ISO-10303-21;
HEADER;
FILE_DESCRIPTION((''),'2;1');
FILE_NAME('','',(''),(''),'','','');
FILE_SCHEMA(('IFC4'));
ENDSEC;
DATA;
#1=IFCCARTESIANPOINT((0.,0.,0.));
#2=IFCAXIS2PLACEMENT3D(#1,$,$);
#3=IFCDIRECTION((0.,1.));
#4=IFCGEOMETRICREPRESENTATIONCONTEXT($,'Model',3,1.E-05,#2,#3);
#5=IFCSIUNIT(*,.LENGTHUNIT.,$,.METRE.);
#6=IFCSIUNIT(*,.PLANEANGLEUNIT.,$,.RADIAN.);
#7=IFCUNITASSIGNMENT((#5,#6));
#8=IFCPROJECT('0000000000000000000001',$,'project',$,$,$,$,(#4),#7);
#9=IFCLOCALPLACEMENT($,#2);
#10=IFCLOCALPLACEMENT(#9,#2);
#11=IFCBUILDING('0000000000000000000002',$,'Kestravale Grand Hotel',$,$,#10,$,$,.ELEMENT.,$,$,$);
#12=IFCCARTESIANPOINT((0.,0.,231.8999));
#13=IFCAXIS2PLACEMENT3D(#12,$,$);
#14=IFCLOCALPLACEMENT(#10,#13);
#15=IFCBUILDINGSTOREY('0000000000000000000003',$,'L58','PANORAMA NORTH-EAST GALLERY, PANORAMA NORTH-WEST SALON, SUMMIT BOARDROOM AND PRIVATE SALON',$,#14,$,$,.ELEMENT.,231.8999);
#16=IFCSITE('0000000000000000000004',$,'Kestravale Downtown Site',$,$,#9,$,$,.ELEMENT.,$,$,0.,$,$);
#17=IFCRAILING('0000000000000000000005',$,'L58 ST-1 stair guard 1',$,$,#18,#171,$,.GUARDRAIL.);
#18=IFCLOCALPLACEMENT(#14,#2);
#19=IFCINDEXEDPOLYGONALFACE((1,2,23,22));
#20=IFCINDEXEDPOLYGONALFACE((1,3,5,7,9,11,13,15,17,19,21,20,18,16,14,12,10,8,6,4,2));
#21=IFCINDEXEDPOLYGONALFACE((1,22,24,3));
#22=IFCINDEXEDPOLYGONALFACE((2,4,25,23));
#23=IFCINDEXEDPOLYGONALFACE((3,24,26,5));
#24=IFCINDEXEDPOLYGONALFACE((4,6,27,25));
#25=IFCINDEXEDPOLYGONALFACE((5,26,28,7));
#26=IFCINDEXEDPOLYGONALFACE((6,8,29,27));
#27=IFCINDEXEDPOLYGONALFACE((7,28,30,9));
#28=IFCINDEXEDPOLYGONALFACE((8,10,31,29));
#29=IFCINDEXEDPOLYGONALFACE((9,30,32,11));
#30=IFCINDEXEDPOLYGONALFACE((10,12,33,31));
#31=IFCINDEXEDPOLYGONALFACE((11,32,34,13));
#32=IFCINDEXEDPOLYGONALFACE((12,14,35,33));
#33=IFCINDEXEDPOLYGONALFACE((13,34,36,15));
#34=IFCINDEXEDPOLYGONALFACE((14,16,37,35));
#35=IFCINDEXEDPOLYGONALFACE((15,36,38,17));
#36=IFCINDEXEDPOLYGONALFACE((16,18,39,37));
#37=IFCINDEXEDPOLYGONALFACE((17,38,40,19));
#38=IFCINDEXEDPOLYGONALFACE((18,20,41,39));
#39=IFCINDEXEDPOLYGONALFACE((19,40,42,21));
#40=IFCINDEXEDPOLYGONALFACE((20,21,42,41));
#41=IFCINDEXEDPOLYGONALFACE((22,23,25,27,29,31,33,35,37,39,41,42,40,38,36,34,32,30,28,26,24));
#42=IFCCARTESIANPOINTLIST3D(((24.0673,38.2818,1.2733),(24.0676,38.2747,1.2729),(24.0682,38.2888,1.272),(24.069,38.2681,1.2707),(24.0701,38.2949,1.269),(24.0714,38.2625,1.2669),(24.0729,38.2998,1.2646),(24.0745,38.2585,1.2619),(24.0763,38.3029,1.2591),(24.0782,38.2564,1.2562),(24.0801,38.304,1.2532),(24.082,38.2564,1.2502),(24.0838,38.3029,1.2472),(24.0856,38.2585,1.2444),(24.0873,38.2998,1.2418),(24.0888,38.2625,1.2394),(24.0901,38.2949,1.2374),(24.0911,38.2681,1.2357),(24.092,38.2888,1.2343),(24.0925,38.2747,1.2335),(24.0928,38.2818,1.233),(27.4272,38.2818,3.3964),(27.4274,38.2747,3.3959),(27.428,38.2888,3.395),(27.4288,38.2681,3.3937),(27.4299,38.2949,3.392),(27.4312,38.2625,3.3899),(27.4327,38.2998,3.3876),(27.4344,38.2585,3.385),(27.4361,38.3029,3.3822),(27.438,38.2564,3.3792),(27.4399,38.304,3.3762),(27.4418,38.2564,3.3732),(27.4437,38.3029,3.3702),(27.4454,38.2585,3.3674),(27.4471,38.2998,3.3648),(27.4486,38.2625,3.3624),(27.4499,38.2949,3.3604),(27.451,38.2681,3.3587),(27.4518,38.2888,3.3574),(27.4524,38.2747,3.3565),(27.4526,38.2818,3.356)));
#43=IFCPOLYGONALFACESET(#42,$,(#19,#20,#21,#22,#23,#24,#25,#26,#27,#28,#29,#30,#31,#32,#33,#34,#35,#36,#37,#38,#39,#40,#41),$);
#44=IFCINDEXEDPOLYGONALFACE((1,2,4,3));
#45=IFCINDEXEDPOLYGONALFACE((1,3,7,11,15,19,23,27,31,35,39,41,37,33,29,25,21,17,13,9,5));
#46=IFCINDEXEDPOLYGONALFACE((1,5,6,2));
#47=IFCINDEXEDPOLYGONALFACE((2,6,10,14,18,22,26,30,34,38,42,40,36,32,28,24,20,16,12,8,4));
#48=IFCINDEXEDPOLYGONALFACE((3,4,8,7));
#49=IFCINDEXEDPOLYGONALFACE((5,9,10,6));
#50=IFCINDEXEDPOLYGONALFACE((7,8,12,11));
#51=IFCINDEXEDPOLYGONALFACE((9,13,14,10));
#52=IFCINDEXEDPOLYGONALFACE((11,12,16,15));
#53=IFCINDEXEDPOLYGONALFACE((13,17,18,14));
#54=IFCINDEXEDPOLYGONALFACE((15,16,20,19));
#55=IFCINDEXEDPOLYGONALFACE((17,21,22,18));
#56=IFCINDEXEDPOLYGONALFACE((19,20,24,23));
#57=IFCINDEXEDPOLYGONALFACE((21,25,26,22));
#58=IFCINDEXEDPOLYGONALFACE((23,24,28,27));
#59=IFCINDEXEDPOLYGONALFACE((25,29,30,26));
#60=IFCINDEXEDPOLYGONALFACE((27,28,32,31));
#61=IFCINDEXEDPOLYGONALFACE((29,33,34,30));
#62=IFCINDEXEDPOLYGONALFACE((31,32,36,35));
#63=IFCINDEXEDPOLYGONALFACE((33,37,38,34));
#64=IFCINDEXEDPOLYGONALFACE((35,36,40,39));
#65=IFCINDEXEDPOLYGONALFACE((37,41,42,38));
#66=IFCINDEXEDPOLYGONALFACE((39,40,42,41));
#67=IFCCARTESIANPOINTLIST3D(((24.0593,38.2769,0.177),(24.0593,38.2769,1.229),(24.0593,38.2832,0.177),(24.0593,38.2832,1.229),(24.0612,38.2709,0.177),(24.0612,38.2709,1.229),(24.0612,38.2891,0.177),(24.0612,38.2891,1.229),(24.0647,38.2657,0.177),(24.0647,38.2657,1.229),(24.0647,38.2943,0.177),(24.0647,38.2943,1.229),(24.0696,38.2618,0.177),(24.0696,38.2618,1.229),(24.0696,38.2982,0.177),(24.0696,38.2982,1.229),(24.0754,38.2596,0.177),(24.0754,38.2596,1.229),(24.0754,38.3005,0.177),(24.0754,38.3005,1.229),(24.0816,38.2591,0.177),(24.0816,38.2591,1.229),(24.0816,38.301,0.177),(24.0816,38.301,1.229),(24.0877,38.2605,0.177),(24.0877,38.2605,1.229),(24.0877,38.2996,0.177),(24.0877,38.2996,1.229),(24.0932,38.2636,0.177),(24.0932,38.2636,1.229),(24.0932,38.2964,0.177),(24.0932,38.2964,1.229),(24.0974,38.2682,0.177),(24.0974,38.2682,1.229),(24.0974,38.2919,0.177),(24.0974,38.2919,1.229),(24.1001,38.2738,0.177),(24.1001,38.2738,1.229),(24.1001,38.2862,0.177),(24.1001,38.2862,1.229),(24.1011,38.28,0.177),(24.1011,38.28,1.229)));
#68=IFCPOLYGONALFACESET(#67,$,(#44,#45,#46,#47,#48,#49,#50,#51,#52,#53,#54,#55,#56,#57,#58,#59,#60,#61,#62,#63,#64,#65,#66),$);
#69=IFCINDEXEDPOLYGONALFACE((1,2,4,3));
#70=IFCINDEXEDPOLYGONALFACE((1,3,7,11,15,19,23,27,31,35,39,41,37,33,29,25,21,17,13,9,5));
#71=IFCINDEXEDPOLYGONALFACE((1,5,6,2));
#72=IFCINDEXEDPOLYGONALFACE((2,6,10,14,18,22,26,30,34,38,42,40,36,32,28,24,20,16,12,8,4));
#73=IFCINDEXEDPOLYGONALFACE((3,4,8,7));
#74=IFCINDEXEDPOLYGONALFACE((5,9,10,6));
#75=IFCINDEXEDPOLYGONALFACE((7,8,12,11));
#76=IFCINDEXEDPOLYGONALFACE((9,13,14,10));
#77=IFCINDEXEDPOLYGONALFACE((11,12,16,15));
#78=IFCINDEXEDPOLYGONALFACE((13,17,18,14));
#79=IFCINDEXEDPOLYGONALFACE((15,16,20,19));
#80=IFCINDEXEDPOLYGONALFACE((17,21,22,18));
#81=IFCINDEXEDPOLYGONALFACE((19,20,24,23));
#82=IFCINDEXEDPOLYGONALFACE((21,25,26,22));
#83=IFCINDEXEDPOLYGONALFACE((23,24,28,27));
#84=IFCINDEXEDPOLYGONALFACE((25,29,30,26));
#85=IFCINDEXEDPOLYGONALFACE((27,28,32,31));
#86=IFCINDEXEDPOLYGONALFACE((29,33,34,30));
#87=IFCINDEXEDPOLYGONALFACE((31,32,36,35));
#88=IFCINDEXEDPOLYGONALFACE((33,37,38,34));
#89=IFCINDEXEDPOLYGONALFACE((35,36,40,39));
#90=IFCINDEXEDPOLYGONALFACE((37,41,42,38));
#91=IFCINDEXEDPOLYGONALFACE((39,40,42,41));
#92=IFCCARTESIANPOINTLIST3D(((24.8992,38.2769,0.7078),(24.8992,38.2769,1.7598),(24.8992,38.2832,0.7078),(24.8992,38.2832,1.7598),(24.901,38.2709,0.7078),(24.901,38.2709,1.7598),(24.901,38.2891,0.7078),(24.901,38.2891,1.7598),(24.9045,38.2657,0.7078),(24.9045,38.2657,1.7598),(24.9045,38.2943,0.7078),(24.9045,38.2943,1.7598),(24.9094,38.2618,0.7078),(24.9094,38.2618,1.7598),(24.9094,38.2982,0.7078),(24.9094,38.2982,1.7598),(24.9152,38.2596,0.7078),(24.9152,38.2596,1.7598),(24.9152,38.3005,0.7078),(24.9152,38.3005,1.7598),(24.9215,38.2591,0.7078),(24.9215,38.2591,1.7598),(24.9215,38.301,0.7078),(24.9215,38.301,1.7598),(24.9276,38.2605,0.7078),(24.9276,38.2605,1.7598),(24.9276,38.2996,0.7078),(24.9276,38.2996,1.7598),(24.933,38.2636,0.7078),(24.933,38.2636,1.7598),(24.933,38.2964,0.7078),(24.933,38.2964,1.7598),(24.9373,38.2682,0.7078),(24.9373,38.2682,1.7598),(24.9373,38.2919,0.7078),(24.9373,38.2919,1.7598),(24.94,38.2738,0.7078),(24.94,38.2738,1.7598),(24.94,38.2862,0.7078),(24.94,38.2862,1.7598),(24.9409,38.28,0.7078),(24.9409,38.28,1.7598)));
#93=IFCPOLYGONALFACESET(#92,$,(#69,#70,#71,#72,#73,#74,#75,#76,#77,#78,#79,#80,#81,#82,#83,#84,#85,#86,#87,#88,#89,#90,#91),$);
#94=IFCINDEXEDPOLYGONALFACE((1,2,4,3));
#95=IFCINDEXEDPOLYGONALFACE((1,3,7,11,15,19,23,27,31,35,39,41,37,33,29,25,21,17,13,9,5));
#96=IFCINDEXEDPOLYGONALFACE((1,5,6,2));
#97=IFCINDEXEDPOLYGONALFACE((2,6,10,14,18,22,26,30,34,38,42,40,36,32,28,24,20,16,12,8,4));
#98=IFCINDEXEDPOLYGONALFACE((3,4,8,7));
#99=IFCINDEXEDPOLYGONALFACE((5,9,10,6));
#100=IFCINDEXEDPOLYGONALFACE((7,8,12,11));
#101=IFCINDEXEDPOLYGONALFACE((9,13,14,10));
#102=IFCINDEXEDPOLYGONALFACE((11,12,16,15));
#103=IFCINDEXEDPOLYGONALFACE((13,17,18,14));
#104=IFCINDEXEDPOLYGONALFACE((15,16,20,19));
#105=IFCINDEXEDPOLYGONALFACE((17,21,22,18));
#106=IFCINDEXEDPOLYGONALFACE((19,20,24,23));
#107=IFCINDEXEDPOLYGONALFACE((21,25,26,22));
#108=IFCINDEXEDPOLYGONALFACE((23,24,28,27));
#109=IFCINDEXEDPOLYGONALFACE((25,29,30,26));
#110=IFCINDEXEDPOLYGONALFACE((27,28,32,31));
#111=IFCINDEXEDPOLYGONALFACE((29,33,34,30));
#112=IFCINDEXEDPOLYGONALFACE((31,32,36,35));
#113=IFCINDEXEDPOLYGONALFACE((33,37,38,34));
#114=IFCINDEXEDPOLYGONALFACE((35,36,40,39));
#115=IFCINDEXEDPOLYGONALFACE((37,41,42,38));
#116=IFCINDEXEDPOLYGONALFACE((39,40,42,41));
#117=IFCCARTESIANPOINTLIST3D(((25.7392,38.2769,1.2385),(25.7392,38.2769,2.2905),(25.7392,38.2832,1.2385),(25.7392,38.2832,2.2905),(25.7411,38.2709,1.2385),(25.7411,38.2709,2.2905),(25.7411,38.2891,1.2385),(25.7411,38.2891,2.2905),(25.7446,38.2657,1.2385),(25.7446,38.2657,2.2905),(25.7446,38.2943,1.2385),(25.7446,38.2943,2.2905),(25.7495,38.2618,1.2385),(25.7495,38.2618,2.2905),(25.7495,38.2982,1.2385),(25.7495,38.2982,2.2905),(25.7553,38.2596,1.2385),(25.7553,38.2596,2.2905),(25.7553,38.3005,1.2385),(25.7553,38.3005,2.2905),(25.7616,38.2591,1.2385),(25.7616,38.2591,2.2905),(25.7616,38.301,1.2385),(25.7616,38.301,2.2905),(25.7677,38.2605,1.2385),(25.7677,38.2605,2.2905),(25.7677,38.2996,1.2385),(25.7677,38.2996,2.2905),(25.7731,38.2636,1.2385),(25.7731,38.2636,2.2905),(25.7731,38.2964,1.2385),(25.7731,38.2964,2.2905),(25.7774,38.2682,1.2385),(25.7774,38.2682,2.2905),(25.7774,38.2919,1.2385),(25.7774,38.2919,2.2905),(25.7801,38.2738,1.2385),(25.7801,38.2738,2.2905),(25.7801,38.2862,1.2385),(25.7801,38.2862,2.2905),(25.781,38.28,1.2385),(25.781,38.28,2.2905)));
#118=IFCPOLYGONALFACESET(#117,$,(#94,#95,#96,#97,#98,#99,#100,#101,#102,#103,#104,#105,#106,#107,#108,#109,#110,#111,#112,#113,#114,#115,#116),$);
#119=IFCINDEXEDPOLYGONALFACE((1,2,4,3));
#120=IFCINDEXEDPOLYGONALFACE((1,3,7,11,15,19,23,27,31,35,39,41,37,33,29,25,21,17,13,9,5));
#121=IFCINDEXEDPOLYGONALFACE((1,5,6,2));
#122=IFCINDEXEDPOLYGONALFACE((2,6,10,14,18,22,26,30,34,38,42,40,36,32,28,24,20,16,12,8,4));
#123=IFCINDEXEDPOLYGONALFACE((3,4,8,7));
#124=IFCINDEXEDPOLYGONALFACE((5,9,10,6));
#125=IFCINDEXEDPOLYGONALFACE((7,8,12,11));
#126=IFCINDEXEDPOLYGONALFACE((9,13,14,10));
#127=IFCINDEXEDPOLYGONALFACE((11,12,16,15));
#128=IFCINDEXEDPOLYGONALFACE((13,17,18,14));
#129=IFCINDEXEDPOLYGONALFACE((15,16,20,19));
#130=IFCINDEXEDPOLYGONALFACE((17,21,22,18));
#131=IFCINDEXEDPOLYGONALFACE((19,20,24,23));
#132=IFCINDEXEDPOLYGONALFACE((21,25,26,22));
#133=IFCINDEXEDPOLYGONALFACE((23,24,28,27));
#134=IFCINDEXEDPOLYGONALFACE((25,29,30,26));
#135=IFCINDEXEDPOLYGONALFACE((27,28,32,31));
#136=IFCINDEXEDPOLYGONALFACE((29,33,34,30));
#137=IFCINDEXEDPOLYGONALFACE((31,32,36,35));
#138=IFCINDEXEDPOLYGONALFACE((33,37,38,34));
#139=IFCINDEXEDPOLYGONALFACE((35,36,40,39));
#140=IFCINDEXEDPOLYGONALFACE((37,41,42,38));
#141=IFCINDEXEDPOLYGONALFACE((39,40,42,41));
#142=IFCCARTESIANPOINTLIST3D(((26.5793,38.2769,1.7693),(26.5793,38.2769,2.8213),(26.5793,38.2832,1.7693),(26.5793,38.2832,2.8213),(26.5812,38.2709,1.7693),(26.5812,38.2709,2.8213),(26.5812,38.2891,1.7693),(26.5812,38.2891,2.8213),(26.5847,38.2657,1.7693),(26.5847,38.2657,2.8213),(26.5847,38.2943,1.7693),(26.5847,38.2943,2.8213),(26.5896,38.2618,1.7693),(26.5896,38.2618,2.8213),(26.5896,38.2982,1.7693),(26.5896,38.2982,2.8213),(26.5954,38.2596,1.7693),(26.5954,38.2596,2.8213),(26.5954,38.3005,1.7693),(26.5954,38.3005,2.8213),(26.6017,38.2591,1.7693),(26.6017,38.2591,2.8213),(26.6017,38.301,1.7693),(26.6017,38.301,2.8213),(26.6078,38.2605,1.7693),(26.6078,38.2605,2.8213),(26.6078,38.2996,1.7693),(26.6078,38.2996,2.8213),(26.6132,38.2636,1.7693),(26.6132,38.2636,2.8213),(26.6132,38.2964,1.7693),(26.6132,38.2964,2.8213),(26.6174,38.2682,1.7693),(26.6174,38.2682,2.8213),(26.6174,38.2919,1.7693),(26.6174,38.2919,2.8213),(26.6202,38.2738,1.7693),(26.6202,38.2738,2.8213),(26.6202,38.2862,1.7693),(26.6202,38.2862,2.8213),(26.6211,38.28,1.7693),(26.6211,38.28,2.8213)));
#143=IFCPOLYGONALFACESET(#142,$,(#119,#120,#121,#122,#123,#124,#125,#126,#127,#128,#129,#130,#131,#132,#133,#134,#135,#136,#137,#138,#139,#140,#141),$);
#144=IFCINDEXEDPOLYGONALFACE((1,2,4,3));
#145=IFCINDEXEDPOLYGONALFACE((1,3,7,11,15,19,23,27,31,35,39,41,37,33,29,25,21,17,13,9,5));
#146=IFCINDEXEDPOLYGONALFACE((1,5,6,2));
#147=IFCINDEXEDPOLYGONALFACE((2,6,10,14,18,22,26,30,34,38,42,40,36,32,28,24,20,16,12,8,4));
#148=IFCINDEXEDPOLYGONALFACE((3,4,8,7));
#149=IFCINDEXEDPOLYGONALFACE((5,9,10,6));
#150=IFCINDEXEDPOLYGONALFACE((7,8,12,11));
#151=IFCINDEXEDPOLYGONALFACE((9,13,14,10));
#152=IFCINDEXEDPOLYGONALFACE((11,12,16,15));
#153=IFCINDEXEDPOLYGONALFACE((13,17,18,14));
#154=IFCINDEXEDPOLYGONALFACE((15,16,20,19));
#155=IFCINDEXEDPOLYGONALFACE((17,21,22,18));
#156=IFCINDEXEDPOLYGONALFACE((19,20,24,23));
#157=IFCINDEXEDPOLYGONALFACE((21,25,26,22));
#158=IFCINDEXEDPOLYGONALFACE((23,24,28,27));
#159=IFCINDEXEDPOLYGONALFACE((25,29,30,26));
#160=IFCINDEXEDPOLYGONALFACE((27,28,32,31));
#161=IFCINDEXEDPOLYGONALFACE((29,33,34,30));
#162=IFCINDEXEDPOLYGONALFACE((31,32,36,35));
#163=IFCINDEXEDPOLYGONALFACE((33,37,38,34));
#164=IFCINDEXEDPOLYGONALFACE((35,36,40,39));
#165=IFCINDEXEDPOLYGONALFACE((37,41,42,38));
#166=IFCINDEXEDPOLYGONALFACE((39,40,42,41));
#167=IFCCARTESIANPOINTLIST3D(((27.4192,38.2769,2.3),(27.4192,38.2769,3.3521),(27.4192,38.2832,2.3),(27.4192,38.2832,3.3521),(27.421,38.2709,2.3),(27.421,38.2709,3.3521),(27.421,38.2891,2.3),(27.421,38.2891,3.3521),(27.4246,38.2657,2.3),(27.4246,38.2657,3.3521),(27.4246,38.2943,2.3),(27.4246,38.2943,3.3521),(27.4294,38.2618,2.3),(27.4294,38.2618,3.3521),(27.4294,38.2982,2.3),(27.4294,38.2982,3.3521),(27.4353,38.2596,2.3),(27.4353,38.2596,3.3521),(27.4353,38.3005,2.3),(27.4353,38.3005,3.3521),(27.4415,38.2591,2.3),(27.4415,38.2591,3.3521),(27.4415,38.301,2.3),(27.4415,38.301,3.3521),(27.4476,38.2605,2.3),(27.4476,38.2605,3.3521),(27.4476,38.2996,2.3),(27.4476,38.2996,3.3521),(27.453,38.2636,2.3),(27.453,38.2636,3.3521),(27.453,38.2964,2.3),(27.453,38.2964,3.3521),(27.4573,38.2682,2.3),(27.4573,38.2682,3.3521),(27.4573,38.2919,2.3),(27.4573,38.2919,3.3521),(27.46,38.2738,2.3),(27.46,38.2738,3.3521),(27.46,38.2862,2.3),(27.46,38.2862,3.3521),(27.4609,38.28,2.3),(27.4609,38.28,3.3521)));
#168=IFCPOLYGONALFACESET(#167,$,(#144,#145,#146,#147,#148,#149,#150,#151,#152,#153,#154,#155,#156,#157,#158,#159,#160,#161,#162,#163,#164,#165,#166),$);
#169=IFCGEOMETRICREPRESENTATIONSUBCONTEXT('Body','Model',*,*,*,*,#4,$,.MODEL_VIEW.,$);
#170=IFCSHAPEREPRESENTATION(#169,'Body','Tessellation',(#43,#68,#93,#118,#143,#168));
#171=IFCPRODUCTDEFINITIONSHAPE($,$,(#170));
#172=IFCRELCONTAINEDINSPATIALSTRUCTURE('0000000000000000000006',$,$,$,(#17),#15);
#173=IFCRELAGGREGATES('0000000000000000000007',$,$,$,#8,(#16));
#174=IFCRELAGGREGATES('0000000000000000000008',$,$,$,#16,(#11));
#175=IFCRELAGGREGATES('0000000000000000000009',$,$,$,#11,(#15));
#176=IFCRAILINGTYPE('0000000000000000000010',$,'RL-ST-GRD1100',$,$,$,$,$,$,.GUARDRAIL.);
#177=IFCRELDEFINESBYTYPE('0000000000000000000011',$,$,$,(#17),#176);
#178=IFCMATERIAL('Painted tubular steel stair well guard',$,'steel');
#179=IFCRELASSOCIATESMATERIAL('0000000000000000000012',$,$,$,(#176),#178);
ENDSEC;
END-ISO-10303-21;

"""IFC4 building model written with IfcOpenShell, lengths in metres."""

from ifc_helpers import new_model, si_unit, direction, frame, origin, origin_2d, place, context, subcontext, project, spatial, circle, extrude, material, type_object, element, save


model = new_model("IFC4")

# Units and contexts
model_context = context("Model", 3, precision=1e-05, world=origin(), true_north=direction((0.0, 1.0)))
body_context = subcontext(model_context, "Body", "Model", "MODEL_VIEW")
ifc_project = project(units=[si_unit("LENGTHUNIT", "METRE"), si_unit("PLANEANGLEUNIT", "RADIAN")], contexts=[model_context])

# Site, building, storey
site_placement = place(None, origin())
site = spatial("IfcSite", under=ifc_project, at=site_placement, Name="Kestravale Downtown Site", CompositionType="ELEMENT", RefElevation=0.0)
building_placement = place(site_placement, origin())
building = spatial("IfcBuilding", under=site, at=building_placement, Name="Kestravale Grand Hotel", CompositionType="ELEMENT")
storey_placement = place(building_placement, frame((0.0, 0.0, 231.8999)))
storey = spatial("IfcBuildingStorey", under=building, at=storey_placement, Name="L58", Description="PANORAMA NORTH-EAST GALLERY, PANORAMA NORTH-WEST SALON, SUMMIT BOARDROOM AND PRIVATE SALON", CompositionType="ELEMENT", Elevation=231.8999)

# Railing
ifc_material_1 = material(Name="Painted tubular steel stair well guard", Category="steel")
railing_type_1 = type_object("IfcRailingType", Name="RL-ST-GRD1100", PredefinedType="GUARDRAIL", material=ifc_material_1)
railing_1_placement = place(storey_placement, frame((24.0801, 38.28, 0.177)))
element("IfcRailing", 1, at=railing_1_placement, inside=storey, type_object=railing_type_1, Name="L58 ST-1 stair guard 1", PredefinedType="GUARDRAIL", context=body_context, shape_type="SweptSolid", body=[
    extrude(circle(Radius=0.0239, at=origin_2d()), frame((0.0, 0.0, 1.0762), z_axis=(0.845372, 0.0, 0.534178), x_axis=(0.0, 1.0, 0.0)), (0.0, 0.0, 1.0), 3.9744),
    extrude(circle(Radius=0.021, at=origin_2d()), origin(), (0.0, 0.0, 1.0), 1.052),
    extrude(circle(Radius=0.021, at=origin_2d()), frame((0.8398, 0.0, 0.5308)), (0.0, 0.0, 1.0), 1.052),
    extrude(circle(Radius=0.021, at=origin_2d()), frame((1.6799, 0.0, 1.0615)), (0.0, 0.0, 1.0), 1.052),
    extrude(circle(Radius=0.021, at=origin_2d()), frame((2.52, 0.0, 1.5923)), (0.0, 0.0, 1.0), 1.052),
    extrude(circle(Radius=0.021, at=origin_2d()), frame((3.3599, 0.0, 2.123)), (0.0, 0.0, 1.0), 1.052),
])

save(model, "model.ifc")
